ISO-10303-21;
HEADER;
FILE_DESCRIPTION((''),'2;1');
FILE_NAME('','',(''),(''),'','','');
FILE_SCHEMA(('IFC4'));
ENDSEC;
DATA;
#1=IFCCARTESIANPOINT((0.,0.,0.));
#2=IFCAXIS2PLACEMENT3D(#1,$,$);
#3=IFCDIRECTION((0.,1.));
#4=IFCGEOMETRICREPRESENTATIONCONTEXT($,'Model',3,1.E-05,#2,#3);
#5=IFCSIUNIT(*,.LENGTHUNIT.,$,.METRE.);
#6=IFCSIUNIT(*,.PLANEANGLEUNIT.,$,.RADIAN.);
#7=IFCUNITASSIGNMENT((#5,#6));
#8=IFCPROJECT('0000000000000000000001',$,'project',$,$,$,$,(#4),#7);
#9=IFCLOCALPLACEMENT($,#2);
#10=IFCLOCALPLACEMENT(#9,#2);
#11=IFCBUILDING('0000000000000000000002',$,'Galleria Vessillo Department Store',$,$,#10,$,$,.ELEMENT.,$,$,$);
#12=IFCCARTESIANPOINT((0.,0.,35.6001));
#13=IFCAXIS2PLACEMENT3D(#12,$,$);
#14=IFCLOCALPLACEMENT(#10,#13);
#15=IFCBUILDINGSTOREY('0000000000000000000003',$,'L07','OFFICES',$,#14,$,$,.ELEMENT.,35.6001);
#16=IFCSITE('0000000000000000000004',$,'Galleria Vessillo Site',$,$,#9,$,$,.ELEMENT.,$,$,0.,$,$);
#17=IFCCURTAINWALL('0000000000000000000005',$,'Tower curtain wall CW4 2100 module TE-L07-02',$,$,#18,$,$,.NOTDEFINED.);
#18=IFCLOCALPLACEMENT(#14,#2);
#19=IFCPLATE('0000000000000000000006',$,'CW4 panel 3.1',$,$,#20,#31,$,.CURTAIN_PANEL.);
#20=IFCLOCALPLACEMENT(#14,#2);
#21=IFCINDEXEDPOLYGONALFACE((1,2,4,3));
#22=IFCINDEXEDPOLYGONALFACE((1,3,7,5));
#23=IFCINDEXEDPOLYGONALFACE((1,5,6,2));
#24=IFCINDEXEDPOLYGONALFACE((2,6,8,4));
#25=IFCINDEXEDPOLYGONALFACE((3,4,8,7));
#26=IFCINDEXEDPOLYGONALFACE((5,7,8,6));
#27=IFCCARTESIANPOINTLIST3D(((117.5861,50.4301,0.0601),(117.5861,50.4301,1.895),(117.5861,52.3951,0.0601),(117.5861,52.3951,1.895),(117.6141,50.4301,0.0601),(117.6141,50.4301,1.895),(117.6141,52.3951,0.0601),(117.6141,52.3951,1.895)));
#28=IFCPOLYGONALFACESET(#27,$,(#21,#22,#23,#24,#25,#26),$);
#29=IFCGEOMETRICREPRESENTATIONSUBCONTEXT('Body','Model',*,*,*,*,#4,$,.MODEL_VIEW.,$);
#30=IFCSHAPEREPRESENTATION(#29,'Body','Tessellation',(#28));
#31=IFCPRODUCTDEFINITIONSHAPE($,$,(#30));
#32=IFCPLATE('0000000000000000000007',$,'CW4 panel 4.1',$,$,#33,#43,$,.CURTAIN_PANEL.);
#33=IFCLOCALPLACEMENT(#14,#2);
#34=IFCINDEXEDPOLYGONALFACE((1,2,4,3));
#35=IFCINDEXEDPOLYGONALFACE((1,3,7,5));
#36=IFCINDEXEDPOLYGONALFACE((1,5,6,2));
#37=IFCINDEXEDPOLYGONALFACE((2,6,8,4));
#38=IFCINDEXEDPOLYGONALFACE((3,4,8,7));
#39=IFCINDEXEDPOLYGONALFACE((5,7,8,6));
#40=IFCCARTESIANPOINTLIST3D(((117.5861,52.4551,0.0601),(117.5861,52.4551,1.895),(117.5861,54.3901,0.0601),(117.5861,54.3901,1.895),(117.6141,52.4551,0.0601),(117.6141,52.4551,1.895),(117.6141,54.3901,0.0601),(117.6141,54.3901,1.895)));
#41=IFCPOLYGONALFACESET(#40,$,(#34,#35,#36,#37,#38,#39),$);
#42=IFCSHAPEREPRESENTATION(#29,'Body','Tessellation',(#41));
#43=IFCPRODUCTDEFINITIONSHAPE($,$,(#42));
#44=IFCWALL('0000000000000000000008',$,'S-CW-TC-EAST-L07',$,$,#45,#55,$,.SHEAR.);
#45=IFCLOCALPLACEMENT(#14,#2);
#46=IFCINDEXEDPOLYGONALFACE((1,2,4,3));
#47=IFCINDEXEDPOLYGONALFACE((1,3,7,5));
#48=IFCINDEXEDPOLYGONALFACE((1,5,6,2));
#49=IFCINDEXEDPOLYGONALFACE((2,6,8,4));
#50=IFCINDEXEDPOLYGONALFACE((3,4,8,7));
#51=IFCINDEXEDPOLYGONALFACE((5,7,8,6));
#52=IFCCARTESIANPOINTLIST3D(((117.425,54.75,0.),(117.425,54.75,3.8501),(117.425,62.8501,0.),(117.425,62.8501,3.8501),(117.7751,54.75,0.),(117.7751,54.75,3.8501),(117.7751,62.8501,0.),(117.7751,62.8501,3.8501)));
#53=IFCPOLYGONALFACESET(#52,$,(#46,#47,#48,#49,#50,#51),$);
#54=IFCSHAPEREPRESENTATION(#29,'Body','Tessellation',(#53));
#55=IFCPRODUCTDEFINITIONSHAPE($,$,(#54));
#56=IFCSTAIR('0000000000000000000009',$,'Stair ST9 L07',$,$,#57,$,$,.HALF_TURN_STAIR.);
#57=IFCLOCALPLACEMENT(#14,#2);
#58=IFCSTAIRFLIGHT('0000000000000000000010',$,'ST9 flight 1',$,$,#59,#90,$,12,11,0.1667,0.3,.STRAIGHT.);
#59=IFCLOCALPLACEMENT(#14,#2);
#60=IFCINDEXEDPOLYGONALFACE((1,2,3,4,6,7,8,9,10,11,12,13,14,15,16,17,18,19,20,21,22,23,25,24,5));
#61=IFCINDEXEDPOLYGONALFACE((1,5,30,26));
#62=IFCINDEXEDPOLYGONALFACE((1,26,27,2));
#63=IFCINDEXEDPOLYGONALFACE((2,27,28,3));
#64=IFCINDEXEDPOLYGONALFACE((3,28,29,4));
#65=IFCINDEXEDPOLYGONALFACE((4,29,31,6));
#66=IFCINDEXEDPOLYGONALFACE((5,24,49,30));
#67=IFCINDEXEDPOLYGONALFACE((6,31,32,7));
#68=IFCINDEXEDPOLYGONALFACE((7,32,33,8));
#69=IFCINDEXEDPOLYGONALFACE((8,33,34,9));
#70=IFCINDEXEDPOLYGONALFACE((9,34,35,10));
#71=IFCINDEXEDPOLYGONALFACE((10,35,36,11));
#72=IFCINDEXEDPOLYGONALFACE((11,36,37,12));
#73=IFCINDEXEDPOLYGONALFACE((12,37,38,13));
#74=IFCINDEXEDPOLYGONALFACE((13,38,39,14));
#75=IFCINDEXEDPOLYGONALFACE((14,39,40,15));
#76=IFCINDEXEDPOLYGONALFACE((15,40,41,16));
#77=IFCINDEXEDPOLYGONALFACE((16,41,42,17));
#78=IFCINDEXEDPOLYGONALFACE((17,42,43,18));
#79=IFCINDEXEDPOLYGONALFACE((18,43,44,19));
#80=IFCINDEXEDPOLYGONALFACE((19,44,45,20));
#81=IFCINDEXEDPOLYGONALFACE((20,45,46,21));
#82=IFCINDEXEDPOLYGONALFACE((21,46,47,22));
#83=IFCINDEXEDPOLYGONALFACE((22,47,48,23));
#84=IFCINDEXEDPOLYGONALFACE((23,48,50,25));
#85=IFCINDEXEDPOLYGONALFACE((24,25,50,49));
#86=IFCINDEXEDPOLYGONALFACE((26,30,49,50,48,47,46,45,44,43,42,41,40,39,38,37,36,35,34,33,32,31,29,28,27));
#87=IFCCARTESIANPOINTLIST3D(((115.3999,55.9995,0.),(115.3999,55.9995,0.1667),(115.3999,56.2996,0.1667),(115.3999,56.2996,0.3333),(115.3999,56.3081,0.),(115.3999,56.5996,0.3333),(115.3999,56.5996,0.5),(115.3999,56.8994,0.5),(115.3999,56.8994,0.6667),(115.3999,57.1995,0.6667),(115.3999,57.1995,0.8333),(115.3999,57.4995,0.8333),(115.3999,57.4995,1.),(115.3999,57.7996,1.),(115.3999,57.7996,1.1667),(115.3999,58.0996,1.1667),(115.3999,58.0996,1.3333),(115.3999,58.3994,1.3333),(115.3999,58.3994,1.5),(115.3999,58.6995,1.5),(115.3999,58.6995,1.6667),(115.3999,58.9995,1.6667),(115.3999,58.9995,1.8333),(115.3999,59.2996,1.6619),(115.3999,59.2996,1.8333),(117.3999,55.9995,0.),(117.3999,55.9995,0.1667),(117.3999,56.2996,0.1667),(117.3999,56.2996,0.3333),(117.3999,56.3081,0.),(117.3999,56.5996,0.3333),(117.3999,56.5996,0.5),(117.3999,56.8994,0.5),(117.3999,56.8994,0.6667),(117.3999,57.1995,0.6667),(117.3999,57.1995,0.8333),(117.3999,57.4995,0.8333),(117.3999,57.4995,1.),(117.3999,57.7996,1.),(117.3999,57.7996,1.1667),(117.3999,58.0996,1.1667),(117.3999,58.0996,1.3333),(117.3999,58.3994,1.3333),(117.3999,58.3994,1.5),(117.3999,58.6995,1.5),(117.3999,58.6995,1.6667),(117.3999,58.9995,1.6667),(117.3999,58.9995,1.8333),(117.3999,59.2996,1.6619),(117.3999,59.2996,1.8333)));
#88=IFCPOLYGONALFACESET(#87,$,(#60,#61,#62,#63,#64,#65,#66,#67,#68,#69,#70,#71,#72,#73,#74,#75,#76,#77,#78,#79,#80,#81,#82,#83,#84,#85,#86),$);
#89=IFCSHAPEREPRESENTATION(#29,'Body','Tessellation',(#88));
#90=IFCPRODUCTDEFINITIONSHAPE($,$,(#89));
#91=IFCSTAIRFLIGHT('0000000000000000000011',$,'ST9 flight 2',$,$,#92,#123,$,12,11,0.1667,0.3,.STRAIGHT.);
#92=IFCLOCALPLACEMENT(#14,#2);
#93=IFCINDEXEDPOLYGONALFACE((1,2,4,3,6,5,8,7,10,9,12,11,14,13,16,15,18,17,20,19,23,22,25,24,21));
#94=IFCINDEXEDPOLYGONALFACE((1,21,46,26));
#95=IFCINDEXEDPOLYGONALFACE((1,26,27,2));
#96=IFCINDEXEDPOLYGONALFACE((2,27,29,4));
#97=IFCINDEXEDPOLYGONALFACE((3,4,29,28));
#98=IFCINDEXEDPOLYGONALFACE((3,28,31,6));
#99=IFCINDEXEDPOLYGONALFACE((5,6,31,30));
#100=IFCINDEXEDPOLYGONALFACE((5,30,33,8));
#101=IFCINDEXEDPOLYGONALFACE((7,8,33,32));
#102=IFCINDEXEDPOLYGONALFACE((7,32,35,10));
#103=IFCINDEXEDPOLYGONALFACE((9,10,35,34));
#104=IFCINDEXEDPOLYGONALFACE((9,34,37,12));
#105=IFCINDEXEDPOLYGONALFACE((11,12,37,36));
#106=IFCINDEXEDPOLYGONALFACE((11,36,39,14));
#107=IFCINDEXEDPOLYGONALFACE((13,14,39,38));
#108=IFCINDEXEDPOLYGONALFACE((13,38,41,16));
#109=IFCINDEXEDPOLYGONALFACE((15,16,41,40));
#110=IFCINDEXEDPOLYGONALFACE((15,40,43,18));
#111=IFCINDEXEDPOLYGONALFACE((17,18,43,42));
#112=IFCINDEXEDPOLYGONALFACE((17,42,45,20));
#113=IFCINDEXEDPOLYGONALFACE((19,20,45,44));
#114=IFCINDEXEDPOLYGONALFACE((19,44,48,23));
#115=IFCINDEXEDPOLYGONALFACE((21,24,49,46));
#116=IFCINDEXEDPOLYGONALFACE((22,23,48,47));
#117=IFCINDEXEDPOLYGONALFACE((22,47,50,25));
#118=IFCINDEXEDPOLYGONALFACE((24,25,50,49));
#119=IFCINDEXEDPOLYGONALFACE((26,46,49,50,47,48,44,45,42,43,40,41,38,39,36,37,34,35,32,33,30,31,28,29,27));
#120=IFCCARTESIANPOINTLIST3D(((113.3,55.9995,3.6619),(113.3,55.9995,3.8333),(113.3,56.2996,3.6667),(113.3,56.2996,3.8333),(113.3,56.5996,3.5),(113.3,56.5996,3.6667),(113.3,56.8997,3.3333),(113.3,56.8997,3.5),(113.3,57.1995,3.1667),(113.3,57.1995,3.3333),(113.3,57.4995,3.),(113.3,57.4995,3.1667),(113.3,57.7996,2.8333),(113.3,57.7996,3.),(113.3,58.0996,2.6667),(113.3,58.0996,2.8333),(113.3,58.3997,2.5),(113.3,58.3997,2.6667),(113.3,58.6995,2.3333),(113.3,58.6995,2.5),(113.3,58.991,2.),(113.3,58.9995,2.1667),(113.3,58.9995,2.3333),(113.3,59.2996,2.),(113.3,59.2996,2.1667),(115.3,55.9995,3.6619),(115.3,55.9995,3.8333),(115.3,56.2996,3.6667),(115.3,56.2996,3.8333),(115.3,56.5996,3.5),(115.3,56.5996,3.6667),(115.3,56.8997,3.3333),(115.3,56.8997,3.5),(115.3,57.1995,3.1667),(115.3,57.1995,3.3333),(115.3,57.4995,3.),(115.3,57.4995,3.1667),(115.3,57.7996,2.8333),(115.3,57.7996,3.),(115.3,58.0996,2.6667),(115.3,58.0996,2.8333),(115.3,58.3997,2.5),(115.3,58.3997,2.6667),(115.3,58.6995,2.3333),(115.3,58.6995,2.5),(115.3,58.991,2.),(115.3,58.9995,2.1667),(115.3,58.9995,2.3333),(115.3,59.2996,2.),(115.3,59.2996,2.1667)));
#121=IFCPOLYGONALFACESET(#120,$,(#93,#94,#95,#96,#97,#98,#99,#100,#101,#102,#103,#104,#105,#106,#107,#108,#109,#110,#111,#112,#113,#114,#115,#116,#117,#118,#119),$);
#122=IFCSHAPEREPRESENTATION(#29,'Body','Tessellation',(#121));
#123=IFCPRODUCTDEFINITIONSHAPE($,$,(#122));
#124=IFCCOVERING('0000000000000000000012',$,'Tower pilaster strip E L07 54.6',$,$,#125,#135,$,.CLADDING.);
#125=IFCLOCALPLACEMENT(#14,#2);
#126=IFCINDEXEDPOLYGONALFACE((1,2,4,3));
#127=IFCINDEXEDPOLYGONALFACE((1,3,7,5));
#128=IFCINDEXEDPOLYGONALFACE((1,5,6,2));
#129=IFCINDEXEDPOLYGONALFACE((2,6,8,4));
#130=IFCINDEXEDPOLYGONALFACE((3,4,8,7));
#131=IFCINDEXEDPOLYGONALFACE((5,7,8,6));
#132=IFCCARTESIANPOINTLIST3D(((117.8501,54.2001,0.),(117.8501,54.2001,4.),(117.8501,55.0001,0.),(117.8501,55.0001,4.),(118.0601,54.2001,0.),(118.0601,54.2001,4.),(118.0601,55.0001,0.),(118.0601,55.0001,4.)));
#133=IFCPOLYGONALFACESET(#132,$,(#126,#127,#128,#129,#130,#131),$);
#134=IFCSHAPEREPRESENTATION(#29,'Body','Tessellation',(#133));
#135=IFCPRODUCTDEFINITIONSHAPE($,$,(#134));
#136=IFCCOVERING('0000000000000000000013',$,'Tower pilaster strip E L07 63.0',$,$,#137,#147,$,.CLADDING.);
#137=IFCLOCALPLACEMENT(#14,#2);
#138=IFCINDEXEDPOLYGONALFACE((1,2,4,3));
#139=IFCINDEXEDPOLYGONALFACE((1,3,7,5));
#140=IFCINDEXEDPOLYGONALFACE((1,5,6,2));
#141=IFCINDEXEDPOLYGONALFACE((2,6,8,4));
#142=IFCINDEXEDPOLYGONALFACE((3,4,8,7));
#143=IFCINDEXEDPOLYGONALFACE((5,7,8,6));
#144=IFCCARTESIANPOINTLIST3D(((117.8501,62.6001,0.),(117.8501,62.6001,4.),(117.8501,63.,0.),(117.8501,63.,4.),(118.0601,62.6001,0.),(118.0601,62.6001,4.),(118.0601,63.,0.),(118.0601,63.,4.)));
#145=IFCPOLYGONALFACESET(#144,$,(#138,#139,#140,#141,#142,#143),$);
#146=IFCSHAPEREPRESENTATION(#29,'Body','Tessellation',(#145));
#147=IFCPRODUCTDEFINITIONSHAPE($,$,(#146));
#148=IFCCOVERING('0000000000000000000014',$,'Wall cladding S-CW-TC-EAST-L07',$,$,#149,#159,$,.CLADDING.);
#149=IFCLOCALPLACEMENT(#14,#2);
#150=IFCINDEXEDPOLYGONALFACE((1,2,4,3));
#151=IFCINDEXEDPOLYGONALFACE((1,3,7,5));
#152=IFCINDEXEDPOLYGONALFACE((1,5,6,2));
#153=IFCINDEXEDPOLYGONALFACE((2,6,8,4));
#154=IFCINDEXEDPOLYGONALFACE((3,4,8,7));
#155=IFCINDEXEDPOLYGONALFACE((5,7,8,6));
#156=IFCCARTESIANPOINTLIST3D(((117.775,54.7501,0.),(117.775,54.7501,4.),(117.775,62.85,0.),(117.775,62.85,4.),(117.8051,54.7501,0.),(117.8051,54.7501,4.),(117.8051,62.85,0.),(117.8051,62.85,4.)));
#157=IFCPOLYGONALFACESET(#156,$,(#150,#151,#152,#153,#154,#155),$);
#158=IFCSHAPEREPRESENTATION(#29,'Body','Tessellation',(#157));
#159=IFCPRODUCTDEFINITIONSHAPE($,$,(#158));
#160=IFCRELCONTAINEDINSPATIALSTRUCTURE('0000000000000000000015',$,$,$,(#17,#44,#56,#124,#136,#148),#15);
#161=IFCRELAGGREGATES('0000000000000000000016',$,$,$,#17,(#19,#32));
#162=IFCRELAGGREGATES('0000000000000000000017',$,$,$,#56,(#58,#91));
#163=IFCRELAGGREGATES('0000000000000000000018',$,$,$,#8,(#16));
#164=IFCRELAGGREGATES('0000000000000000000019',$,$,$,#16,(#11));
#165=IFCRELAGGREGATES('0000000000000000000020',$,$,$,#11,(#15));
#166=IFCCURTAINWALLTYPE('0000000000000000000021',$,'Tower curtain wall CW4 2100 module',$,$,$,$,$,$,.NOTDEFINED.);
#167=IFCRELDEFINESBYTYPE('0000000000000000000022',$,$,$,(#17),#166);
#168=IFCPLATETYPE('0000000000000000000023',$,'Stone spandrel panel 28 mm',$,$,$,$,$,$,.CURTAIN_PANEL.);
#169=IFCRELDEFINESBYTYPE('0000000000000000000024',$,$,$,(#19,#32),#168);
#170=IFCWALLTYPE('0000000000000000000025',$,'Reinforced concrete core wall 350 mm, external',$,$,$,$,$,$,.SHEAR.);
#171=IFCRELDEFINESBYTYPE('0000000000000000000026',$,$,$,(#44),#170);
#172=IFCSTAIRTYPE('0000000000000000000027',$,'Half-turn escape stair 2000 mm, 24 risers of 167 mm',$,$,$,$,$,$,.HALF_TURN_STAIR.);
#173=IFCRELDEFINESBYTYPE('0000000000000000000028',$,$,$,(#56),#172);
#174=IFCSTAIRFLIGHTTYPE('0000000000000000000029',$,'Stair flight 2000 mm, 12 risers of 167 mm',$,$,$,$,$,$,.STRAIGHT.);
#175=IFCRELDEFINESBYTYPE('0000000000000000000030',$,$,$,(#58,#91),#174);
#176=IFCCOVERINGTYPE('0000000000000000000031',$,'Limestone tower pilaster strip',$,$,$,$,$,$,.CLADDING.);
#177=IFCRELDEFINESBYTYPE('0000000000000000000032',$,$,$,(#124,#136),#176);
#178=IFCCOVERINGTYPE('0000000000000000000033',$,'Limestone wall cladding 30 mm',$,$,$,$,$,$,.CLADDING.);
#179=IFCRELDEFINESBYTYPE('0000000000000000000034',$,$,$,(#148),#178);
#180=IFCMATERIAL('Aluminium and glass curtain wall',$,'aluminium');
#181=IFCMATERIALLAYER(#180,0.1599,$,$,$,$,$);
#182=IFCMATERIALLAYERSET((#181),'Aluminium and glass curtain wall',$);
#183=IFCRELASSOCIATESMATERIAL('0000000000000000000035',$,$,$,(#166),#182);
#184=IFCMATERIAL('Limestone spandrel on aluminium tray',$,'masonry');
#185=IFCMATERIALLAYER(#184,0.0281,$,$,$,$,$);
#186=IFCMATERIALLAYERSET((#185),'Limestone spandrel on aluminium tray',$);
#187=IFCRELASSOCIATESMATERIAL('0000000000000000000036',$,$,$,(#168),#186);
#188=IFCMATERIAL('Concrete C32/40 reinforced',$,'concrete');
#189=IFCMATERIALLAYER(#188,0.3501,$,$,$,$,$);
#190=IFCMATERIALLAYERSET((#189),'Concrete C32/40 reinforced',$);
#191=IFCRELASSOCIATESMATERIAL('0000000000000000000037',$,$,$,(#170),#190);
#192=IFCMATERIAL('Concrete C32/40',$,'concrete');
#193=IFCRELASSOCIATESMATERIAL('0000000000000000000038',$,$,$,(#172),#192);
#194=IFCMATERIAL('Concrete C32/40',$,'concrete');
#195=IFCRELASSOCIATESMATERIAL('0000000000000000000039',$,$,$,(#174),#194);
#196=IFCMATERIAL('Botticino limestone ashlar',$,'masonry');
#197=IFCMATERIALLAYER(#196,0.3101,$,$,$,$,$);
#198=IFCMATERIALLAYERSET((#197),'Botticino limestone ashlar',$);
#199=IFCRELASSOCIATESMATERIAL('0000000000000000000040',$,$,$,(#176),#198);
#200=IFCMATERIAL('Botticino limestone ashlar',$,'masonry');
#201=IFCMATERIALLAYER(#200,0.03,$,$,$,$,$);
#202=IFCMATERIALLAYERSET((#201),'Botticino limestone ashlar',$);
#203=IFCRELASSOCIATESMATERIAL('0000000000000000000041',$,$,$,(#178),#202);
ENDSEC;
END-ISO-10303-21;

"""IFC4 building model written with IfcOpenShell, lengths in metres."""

from ifc_helpers import new_model, si_unit, direction, frame, frame_2d, origin, origin_2d, place, context, subcontext, project, spatial, polyline, rectangle, outline, extrude, material, layer, layer_set, type_object, element, aggregate, save


model = new_model("IFC4")

# Units and contexts
model_context = context("Model", 3, precision=1e-05, world=origin(), true_north=direction((0.0, 1.0)))
body_context = subcontext(model_context, "Body", "Model", "MODEL_VIEW")
ifc_project = project(units=[si_unit("LENGTHUNIT", "METRE"), si_unit("PLANEANGLEUNIT", "RADIAN")], contexts=[model_context])

# Site, building, storey
site_placement = place(None, origin())
site = spatial("IfcSite", under=ifc_project, at=site_placement, Name="Galleria Vessillo Site", CompositionType="ELEMENT", RefElevation=0.0)
building_placement = place(site_placement, origin())
building = spatial("IfcBuilding", under=site, at=building_placement, Name="Galleria Vessillo Department Store", CompositionType="ELEMENT")
storey_placement = place(building_placement, frame((0.0, 0.0, 35.6001)))
storey = spatial("IfcBuildingStorey", under=building, at=storey_placement, Name="L07", Description="OFFICES", CompositionType="ELEMENT", Elevation=35.6001)

# Curtain wall, plates
ifc_material_1 = material(Name="Aluminium and glass curtain wall", Category="aluminium")
ifc_layer_1 = layer(ifc_material_1, 0.1599)
ifc_layer_set_1 = layer_set([ifc_layer_1], Name="Aluminium and glass curtain wall")
curtain_wall_type = type_object("IfcCurtainWallType", Name="Tower curtain wall CW4 2100 module", PredefinedType="NOTDEFINED", material=ifc_layer_set_1)
curtain_wall_placement = place(storey_placement, origin())
curtain_wall = element("IfcCurtainWall", 1, at=curtain_wall_placement, inside=storey, type_object=curtain_wall_type, Name="Tower curtain wall CW4 2100 module TE-L07-02", PredefinedType="NOTDEFINED")
ifc_material_2 = material(Name="Limestone spandrel on aluminium tray", Category="masonry")
ifc_layer_2 = layer(ifc_material_2, 0.0281)
ifc_layer_set_2 = layer_set([ifc_layer_2], Name="Limestone spandrel on aluminium tray")
plate_type_1 = type_object("IfcPlateType", Name="Stone spandrel panel 28 mm", PredefinedType="CURTAIN_PANEL", material=ifc_layer_set_2)
plate_1_placement = place(storey_placement, frame((117.6001, 51.4126, 0.0601), z_axis=(0.0, 0.0, 1.0), x_axis=(0.0, 1.0, 0.0)))
plate_1 = element("IfcPlate", 2, at=plate_1_placement, type_object=plate_type_1, Name="CW4 panel 3.1", PredefinedType="CURTAIN_PANEL", context=body_context, shape_type="SweptSolid", body=[
    extrude(rectangle(XDim=1.9651, YDim=0.0281, at=origin_2d()), origin(), (0.0, 0.0, 1.0), 1.835),
])
plate_2_placement = place(storey_placement, frame((117.6001, 53.4226, 0.0601), z_axis=(0.0, 0.0, 1.0), x_axis=(0.0, 1.0, 0.0)))
plate_2 = element("IfcPlate", 3, at=plate_2_placement, type_object=plate_type_1, Name="CW4 panel 4.1", PredefinedType="CURTAIN_PANEL", context=body_context, shape_type="SweptSolid", body=[
    extrude(rectangle(XDim=1.9351, YDim=0.0281, at=origin_2d()), origin(), (0.0, 0.0, 1.0), 1.835),
])
aggregate(curtain_wall, [plate_1, plate_2])

# Wall
ifc_material_3 = material(Name="Concrete C32/40 reinforced", Category="concrete")
ifc_layer_3 = layer(ifc_material_3, 0.3501)
ifc_layer_set_3 = layer_set([ifc_layer_3], Name="Concrete C32/40 reinforced")
wall_type = type_object("IfcWallType", Name="Reinforced concrete core wall 350 mm, external", PredefinedType="SHEAR", material=ifc_layer_set_3)
wall_placement = place(storey_placement, frame((117.6001, 54.75, 0.0), z_axis=(0.0, 0.0, 1.0), x_axis=(0.0, 1.0, 0.0)))
element("IfcWall", 4, at=wall_placement, inside=storey, type_object=wall_type, Name="S-CW-TC-EAST-L07", PredefinedType="SHEAR", context=body_context, shape_type="SweptSolid", body=[
    extrude(rectangle(XDim=8.1001, YDim=0.3501, at=frame_2d((4.05, 0.0))), origin(), (0.0, 0.0, 1.0), 3.8501),
])

# Stair, stair flights
ifc_material_4 = material(Name="Concrete C32/40", Category="concrete")
stair_type = type_object("IfcStairType", Name="Half-turn escape stair 2000 mm, 24 risers of 167 mm", PredefinedType="HALF_TURN_STAIR", material=ifc_material_4)
stair_placement = place(storey_placement, origin())
stair = element("IfcStair", 5, at=stair_placement, inside=storey, type_object=stair_type, Name="Stair ST9 L07", PredefinedType="HALF_TURN_STAIR")
ifc_material_5 = material(Name="Concrete C32/40", Category="concrete")
stair_flight_type = type_object("IfcStairFlightType", Name="Stair flight 2000 mm, 12 risers of 167 mm", PredefinedType="STRAIGHT", material=ifc_material_5)
stair_flight_1_placement = place(storey_placement, frame((116.3999, 55.9995, 0.0), z_axis=(0.0, 0.0, 1.0), x_axis=(0.0, 1.0, 0.0)))
stair_flight_1 = element("IfcStairFlight", 6, at=stair_flight_1_placement, type_object=stair_flight_type, Name="ST9 flight 1", NumberOfRisers=12, NumberOfTreads=11, PredefinedType="STRAIGHT", RiserHeight=0.1667, TreadLength=0.3, context=body_context, shape_type="SweptSolid", body=[
    extrude(outline(polyline([(0.0, 0.0), (0.0, 0.1667), (0.3, 0.1667), (0.3, 0.3333), (0.6001, 0.3333), (0.6001, 0.5), (0.8999, 0.5), (0.8999, 0.6667), (1.2, 0.6667), (1.2, 0.8333), (1.5, 0.8333), (1.5, 1.0), (1.8, 1.0), (1.8, 1.1667), (2.1001, 1.1667), (2.1001, 1.3333), (2.3999, 1.3333), (2.3999, 1.5), (2.7, 1.5), (2.7, 1.6667), (3.0, 1.6667), (3.0, 1.8333), (3.3, 1.8333), (3.3, 2.0), (3.3, 1.6619), (0.3086, 0.0), (0.0, 0.0)])), frame((0.0, 1.0, 0.0), z_axis=(0.0, -1.0, 0.0), x_axis=(1.0, 0.0, 0.0)), (0.0, 0.0, 1.0), 2.0),
])
stair_flight_2_placement = place(storey_placement, frame((114.3, 59.2996, 2.0), z_axis=(0.0, 0.0, 1.0), x_axis=(0.0, -1.0, 0.0)))
stair_flight_2 = element("IfcStairFlight", 7, at=stair_flight_2_placement, type_object=stair_flight_type, Name="ST9 flight 2", NumberOfRisers=12, NumberOfTreads=11, PredefinedType="STRAIGHT", RiserHeight=0.1667, TreadLength=0.3, context=body_context, shape_type="SweptSolid", body=[
    extrude(outline(polyline([(0.0, 0.0), (0.0, 0.1667), (0.3, 0.1667), (0.3, 0.3333), (0.6001, 0.3333), (0.6001, 0.5), (0.8999, 0.5), (0.8999, 0.6667), (1.2, 0.6667), (1.2, 0.8333), (1.5, 0.8333), (1.5, 1.0), (1.8, 1.0), (1.8, 1.1667), (2.1001, 1.1667), (2.1001, 1.3333), (2.3999, 1.3333), (2.3999, 1.5), (2.7, 1.5), (2.7, 1.6667), (3.0, 1.6667), (3.0, 1.8333), (3.3, 1.8333), (3.3, 2.0), (3.3, 1.6619), (0.3086, 0.0), (0.0, 0.0)])), frame((0.0, 1.0, 0.0), z_axis=(0.0, -1.0, 0.0), x_axis=(1.0, 0.0, 0.0)), (0.0, 0.0, 1.0), 2.0),
])
aggregate(stair, [stair_flight_1, stair_flight_2])

# Coverings
ifc_material_6 = material(Name="Botticino limestone ashlar", Category="masonry")
ifc_layer_4 = layer(ifc_material_6, 0.3101)
ifc_layer_set_4 = layer_set([ifc_layer_4], Name="Botticino limestone ashlar")
covering_type_1 = type_object("IfcCoveringType", Name="Limestone tower pilaster strip", PredefinedType="CLADDING", material=ifc_layer_set_4)
covering_1_placement = place(storey_placement, frame((117.9551, 54.6001, 0.0), z_axis=(0.0, 0.0, 1.0), x_axis=(1.0, 0.0, 0.0)))
element("IfcCovering", 8, at=covering_1_placement, inside=storey, type_object=covering_type_1, Name="Tower pilaster strip E L07 54.6", PredefinedType="CLADDING", context=body_context, shape_type="SweptSolid", body=[
    extrude(rectangle(XDim=0.21, YDim=0.8, at=origin_2d()), origin(), (0.0, 0.0, 1.0), 4.0),
])
covering_2_placement = place(storey_placement, frame((117.9551, 62.8, 0.0), z_axis=(0.0, 0.0, 1.0), x_axis=(1.0, 0.0, 0.0)))
element("IfcCovering", 9, at=covering_2_placement, inside=storey, type_object=covering_type_1, Name="Tower pilaster strip E L07 63.0", PredefinedType="CLADDING", context=body_context, shape_type="SweptSolid", body=[
    extrude(rectangle(XDim=0.21, YDim=0.3999, at=origin_2d()), origin(), (0.0, 0.0, 1.0), 4.0),
])
ifc_material_7 = material(Name="Botticino limestone ashlar", Category="masonry")
ifc_layer_5 = layer(ifc_material_7, 0.03)
ifc_layer_set_5 = layer_set([ifc_layer_5], Name="Botticino limestone ashlar")
covering_type_2 = type_object("IfcCoveringType", Name="Limestone wall cladding 30 mm", PredefinedType="CLADDING", material=ifc_layer_set_5)
covering_3_placement = place(storey_placement, frame((117.79, 58.8, 0.0), z_axis=(0.0, 0.0, 1.0), x_axis=(1.0, 0.0, 0.0)))
element("IfcCovering", 10, at=covering_3_placement, inside=storey, type_object=covering_type_2, Name="Wall cladding S-CW-TC-EAST-L07", PredefinedType="CLADDING", context=body_context, shape_type="SweptSolid", body=[
    extrude(rectangle(XDim=0.03, YDim=8.0999, at=origin_2d()), origin(), (0.0, 0.0, 1.0), 4.0),
])

save(model, "model.ifc")
